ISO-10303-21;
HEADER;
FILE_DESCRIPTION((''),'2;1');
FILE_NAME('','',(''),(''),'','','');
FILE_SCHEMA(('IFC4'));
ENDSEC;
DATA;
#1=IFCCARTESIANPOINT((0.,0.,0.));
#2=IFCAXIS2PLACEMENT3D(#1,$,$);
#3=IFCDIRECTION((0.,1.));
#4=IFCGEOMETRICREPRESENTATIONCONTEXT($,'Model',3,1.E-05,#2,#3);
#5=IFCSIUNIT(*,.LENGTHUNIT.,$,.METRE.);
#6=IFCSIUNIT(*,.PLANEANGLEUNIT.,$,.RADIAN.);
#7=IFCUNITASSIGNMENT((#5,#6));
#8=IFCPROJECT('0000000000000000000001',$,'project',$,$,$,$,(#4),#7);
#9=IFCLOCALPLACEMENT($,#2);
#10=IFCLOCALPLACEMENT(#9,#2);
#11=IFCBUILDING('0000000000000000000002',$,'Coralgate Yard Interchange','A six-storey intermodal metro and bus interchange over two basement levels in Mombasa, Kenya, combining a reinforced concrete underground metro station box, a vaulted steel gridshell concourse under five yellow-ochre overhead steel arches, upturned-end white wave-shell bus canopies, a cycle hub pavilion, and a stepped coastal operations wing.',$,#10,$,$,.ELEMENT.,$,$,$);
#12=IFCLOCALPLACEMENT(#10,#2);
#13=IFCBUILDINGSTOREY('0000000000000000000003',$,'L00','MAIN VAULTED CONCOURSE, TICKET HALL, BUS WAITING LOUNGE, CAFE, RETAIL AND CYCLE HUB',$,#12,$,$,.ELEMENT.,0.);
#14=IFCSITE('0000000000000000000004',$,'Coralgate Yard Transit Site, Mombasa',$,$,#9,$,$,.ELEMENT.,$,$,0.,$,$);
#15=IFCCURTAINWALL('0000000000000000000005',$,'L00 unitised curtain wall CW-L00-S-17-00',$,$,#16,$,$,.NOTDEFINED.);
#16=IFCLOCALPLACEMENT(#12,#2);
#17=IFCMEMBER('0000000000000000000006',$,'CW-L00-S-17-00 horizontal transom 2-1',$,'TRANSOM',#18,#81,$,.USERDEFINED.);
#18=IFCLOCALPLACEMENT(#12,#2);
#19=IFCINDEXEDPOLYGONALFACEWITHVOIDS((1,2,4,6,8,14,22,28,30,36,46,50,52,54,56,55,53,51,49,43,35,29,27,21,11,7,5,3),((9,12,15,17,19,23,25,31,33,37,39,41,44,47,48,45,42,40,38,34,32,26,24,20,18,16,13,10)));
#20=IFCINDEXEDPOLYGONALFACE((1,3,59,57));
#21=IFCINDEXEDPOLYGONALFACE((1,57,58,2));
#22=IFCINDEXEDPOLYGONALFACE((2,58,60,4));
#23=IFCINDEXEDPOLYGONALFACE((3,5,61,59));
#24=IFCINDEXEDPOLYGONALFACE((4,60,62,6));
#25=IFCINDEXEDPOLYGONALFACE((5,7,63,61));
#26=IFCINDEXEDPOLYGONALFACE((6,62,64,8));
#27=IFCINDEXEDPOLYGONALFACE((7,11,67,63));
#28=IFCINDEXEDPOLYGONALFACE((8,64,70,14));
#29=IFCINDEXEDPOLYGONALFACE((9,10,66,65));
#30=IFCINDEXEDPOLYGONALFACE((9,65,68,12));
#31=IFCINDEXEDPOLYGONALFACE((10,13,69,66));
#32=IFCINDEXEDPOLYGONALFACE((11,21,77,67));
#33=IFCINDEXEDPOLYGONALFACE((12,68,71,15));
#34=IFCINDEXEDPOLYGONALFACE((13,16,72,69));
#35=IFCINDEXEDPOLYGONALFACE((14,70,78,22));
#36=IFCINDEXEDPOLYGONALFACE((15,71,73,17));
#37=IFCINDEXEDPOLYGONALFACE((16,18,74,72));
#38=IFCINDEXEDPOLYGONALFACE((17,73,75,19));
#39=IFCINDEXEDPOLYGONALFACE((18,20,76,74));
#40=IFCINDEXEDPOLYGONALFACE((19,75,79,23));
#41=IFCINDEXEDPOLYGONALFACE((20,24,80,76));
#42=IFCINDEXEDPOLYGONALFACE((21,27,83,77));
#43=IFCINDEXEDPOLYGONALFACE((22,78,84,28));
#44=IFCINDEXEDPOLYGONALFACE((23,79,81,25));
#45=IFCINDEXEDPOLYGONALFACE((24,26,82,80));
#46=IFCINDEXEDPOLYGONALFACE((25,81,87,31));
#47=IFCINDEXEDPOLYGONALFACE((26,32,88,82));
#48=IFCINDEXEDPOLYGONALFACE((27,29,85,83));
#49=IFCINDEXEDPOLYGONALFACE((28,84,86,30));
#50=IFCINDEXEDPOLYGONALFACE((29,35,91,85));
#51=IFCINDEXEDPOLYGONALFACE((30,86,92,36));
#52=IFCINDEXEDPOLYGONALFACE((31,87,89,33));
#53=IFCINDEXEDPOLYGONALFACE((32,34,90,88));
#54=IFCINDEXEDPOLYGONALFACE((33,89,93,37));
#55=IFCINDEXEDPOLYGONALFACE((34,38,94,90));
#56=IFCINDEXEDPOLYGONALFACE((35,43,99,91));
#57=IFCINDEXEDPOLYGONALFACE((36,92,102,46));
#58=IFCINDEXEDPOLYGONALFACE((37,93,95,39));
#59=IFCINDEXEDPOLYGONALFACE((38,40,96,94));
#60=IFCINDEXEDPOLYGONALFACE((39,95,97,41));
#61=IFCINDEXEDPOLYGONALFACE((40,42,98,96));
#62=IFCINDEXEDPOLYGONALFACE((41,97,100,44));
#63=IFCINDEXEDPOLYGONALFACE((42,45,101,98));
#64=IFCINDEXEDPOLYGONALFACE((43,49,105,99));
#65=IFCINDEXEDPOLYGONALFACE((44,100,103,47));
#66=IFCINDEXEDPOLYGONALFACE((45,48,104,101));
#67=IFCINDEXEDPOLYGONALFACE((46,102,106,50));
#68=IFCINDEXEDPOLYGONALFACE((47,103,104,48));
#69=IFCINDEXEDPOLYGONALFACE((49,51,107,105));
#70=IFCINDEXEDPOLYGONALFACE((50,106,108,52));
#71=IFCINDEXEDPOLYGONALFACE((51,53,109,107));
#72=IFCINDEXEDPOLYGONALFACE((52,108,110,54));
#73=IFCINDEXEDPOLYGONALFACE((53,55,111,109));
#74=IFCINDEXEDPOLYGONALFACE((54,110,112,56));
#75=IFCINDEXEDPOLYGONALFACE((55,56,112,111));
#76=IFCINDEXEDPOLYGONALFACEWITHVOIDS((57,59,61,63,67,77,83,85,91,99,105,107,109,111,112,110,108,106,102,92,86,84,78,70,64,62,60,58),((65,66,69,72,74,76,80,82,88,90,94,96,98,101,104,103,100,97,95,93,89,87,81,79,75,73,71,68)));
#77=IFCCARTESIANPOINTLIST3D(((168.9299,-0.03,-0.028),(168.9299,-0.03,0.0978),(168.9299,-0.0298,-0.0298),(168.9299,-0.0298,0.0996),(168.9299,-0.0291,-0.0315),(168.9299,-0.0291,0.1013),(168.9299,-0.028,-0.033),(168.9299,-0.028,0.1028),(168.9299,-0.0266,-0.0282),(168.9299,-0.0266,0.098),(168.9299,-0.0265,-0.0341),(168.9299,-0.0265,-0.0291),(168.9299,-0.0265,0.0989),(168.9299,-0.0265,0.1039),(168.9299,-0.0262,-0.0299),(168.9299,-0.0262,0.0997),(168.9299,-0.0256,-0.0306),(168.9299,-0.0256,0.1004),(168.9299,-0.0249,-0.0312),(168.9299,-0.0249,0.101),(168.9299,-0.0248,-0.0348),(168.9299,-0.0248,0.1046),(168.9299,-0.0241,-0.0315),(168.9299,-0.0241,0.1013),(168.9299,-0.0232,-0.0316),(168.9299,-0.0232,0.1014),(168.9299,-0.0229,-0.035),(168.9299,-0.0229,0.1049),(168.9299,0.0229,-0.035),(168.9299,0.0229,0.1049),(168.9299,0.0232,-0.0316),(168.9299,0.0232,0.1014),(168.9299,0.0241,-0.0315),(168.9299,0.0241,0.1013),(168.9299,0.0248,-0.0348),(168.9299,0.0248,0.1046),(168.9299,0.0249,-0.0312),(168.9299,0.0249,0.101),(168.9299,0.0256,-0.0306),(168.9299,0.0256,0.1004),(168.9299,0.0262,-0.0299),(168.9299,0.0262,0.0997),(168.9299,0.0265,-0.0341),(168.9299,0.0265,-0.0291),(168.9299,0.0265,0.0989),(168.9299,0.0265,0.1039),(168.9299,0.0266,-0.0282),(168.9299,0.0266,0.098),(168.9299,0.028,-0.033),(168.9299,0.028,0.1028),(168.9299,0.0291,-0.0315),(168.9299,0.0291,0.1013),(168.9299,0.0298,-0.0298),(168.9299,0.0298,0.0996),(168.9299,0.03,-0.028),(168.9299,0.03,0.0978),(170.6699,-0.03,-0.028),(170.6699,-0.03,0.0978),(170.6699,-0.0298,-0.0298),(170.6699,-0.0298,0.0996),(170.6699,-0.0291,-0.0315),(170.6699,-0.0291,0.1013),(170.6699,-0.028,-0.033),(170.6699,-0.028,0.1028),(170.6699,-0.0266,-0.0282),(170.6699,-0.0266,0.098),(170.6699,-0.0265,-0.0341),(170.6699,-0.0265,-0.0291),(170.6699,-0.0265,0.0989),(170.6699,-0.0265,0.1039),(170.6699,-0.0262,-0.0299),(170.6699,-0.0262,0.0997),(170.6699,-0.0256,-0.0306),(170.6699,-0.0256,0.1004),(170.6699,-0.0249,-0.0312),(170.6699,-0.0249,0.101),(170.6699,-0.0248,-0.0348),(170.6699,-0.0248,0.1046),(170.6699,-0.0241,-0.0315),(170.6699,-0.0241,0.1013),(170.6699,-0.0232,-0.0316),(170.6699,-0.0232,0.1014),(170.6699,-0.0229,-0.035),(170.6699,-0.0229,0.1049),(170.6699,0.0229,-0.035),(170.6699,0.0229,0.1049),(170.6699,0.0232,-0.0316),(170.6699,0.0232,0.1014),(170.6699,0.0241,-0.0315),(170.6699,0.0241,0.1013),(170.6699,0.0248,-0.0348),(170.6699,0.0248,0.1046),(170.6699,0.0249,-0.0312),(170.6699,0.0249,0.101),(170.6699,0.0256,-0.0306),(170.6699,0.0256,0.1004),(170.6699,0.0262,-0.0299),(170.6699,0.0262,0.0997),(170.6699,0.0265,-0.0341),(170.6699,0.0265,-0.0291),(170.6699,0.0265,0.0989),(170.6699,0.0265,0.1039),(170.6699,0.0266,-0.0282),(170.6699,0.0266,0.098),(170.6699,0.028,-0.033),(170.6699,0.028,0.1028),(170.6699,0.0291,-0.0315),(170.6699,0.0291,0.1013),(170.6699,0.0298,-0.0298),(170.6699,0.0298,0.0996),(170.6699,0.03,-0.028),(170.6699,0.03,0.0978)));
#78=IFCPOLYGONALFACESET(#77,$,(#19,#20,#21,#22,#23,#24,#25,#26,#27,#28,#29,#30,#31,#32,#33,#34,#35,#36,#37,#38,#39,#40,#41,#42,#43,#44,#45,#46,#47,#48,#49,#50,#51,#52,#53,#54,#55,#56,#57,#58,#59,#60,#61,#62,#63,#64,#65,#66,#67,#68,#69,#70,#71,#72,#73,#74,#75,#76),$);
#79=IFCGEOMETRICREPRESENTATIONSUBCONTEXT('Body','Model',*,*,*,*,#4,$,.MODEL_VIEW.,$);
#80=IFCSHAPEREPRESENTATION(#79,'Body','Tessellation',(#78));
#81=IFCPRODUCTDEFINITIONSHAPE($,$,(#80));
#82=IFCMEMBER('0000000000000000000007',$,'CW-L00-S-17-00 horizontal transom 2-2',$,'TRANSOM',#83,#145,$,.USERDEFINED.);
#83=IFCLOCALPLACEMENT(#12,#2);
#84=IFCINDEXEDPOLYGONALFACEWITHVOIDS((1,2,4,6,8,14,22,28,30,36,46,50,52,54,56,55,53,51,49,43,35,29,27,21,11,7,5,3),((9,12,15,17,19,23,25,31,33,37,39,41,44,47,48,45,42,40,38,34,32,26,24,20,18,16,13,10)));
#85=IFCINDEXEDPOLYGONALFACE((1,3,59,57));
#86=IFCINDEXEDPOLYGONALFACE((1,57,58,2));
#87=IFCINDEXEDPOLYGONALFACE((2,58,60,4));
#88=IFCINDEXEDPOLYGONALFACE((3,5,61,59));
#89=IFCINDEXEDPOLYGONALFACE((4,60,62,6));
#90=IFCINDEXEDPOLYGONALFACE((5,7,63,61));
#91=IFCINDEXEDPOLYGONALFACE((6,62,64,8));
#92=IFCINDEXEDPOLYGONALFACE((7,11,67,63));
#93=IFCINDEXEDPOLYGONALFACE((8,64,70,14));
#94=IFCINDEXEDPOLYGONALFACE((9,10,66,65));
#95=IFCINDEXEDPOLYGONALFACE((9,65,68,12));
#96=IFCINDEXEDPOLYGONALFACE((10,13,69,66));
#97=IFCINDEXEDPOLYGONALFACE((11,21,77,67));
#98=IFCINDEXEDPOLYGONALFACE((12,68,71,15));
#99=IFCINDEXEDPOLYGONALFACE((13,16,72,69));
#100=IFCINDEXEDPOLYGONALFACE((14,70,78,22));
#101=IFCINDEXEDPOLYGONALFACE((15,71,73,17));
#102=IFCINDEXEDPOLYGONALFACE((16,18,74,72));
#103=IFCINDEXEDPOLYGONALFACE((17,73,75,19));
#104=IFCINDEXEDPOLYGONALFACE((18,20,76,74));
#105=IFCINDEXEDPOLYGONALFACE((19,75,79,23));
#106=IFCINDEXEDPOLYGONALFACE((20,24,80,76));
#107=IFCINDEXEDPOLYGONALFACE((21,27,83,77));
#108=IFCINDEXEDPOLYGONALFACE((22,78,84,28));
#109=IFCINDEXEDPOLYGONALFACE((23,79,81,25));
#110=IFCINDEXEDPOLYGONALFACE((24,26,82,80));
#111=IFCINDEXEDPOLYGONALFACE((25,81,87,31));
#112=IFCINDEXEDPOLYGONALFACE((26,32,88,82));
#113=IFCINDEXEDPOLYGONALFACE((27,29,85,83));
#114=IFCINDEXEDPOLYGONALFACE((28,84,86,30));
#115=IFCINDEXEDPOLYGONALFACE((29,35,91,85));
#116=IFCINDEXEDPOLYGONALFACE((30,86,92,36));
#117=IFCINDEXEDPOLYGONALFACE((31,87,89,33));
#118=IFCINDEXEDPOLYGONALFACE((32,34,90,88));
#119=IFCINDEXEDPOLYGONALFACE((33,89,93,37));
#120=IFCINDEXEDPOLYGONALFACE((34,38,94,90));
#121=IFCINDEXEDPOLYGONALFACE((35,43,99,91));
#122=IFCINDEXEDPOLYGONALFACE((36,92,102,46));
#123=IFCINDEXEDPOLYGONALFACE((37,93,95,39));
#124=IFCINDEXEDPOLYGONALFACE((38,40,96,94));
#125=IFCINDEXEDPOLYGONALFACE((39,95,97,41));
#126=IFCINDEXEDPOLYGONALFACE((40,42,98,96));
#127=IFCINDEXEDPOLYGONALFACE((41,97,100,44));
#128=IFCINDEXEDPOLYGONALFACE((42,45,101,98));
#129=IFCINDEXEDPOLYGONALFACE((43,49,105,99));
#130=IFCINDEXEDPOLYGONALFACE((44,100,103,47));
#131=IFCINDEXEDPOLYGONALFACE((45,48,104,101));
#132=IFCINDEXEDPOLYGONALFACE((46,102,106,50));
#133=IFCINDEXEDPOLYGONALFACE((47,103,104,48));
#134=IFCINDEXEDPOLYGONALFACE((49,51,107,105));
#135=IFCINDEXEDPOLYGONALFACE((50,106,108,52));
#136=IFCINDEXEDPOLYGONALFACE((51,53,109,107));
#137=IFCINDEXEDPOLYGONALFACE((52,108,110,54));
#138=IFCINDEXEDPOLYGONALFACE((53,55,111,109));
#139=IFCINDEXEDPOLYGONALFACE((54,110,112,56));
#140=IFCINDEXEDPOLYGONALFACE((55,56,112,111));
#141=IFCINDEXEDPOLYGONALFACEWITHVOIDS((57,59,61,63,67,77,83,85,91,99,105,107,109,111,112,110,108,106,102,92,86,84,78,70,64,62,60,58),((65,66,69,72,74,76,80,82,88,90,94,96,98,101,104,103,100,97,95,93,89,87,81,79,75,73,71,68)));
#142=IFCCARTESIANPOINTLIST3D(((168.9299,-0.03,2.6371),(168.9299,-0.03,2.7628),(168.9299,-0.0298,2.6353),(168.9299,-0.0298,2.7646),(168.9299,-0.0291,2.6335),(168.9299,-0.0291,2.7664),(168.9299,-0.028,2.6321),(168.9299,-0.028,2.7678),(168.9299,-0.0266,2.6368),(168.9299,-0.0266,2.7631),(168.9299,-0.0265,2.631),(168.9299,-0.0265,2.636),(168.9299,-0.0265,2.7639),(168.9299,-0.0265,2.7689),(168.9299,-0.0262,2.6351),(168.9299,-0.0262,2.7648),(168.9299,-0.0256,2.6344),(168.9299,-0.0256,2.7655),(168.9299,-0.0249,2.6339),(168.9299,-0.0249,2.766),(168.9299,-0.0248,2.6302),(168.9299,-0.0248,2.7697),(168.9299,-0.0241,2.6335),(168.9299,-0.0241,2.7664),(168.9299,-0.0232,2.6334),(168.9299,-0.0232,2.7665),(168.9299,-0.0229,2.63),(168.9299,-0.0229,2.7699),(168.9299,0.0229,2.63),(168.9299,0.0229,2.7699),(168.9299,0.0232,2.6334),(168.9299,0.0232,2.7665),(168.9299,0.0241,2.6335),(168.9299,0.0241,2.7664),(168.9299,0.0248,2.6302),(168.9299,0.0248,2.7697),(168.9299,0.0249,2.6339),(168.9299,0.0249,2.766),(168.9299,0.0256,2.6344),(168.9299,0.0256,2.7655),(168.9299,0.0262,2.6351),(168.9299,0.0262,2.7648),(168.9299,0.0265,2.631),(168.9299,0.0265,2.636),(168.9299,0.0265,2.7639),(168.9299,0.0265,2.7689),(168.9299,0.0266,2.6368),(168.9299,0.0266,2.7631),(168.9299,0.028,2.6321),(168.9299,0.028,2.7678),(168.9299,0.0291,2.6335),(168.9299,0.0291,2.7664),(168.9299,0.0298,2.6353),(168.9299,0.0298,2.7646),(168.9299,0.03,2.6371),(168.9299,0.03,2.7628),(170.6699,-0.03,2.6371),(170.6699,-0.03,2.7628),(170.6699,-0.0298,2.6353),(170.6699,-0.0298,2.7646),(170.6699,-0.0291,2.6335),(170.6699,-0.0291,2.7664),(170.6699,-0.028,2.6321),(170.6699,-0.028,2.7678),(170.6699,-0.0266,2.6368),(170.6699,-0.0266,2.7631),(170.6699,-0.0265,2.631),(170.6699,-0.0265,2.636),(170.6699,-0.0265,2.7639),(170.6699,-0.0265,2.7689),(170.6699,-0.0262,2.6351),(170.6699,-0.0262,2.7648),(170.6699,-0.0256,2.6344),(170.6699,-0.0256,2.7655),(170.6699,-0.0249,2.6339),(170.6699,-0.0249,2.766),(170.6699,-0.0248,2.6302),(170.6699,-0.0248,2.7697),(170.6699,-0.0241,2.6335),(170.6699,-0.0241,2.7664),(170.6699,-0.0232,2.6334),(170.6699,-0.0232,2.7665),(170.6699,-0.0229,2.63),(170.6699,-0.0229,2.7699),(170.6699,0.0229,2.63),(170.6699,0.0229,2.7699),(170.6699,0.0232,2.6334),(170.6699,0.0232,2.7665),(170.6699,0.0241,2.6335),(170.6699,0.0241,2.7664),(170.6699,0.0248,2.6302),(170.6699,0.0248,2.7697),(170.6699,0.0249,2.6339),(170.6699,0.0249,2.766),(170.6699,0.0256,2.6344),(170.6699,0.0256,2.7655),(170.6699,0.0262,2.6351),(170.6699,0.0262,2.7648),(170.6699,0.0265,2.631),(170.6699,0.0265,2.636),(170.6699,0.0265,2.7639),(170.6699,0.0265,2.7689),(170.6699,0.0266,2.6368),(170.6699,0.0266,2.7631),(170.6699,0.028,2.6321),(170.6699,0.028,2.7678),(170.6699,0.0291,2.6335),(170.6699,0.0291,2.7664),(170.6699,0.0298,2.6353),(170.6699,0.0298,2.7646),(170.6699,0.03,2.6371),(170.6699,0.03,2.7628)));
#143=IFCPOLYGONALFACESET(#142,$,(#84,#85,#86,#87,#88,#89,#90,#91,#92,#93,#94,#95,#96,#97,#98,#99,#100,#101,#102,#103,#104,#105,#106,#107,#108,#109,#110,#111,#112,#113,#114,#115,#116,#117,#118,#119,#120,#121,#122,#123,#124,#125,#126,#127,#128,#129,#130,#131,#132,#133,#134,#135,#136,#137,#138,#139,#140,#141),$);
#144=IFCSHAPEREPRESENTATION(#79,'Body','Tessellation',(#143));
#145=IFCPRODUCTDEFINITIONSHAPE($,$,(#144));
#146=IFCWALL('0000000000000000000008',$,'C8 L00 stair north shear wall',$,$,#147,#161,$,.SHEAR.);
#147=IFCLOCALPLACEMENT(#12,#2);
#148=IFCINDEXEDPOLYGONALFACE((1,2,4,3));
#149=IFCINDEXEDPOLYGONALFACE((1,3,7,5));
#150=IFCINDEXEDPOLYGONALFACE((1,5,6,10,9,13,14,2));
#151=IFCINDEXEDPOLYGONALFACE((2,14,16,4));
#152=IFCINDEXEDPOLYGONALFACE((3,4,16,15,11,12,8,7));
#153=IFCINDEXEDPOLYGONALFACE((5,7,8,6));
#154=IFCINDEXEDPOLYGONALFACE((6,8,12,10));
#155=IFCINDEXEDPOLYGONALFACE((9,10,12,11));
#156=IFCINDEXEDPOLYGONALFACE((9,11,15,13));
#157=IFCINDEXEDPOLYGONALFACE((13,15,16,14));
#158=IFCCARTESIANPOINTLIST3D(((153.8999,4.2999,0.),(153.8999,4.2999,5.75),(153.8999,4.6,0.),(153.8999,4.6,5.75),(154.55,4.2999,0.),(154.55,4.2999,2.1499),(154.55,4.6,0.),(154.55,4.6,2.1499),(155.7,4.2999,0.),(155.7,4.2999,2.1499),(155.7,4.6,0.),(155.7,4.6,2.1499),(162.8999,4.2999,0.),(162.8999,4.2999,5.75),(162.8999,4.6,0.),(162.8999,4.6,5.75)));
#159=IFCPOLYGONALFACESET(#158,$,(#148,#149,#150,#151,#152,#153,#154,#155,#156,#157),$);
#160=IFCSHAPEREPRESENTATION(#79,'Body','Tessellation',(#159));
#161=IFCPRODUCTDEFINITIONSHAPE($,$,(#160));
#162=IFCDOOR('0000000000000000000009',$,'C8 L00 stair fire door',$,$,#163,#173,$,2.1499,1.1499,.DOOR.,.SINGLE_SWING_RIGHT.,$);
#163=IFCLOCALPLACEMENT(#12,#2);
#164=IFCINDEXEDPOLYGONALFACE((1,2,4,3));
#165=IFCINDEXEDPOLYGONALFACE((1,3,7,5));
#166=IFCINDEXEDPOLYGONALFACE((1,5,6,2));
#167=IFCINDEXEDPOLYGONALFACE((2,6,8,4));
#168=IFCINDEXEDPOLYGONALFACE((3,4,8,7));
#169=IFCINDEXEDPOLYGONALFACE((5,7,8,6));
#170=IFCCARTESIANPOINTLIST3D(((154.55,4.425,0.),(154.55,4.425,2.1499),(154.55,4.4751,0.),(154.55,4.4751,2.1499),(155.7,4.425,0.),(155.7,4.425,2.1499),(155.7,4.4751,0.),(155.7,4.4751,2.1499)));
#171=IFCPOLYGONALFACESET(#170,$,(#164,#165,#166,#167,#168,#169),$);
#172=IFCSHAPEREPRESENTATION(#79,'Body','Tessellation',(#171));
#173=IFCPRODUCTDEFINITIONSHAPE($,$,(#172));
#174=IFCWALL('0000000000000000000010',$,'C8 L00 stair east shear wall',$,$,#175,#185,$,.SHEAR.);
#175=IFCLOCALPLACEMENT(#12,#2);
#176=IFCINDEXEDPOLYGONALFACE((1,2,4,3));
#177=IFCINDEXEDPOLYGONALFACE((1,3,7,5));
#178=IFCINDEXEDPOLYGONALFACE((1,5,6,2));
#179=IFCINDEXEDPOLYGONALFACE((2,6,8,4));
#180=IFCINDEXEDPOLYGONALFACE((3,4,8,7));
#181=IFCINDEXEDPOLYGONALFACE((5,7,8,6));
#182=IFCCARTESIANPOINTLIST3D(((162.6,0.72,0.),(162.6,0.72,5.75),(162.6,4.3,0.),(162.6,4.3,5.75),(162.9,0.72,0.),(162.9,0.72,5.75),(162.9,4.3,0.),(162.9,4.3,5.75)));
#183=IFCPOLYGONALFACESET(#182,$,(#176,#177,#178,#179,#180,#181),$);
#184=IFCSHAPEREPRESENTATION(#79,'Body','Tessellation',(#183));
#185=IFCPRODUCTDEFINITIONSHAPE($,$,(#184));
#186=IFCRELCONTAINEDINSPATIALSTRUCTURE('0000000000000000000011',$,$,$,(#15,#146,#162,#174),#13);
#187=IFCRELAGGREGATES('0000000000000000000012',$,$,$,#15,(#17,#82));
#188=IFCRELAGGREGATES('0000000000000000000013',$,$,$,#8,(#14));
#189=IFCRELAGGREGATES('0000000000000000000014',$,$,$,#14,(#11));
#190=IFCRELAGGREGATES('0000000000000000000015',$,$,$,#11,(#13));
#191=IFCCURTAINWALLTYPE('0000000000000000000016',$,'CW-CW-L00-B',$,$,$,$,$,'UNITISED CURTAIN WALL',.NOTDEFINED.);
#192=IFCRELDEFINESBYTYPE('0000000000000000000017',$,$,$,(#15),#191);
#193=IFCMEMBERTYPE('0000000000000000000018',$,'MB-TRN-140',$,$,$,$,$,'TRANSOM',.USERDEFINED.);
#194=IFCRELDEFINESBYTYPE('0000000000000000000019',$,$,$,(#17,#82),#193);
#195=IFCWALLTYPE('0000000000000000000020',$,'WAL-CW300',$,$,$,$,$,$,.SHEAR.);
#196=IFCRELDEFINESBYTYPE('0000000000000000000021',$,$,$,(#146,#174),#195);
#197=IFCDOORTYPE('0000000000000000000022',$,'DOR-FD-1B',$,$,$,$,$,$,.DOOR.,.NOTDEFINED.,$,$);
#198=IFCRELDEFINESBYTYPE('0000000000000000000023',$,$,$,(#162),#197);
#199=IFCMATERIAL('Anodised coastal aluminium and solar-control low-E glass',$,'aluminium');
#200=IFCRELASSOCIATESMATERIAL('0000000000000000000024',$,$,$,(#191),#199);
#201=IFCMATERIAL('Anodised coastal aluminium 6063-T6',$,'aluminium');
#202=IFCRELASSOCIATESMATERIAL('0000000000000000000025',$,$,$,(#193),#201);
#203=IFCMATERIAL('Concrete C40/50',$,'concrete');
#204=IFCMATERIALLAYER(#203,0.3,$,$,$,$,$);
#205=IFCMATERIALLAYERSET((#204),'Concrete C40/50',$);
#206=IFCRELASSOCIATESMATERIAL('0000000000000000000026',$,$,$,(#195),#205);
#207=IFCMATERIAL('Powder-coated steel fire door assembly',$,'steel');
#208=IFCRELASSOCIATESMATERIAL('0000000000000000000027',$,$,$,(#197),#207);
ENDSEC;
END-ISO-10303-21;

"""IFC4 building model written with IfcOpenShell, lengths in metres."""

from ifc_helpers import new_model, si_unit, direction, frame, frame_2d, origin, origin_2d, place, context, subcontext, project, spatial, rectangle, hollow_rectangle, extrude, material, layer, layer_set, material_profile, profile_set, type_object, element, fill, aggregate, save


model = new_model("IFC4")

# Units and contexts
model_context = context("Model", 3, precision=1e-05, world=origin(), true_north=direction((0.0, 1.0)))
body_context = subcontext(model_context, "Body", "Model", "MODEL_VIEW")
ifc_project = project(units=[si_unit("LENGTHUNIT", "METRE"), si_unit("PLANEANGLEUNIT", "RADIAN")], contexts=[model_context])

# Site, building, storey
site_placement = place(None, origin())
site = spatial("IfcSite", under=ifc_project, at=site_placement, Name="Coralgate Yard Transit Site, Mombasa", CompositionType="ELEMENT", RefElevation=0.0)
building_placement = place(site_placement, origin())
building = spatial("IfcBuilding", under=site, at=building_placement, Name="Coralgate Yard Interchange", Description="A six-storey intermodal metro and bus interchange over two basement levels in Mombasa, Kenya, combining a reinforced concrete underground metro station box, a vaulted steel gridshell concourse under five yellow-ochre overhead steel arches, upturned-end white wave-shell bus canopies, a cycle hub pavilion, and a stepped coastal operations wing.", CompositionType="ELEMENT")
storey_placement = place(building_placement, origin())
storey = spatial("IfcBuildingStorey", under=building, at=storey_placement, Name="L00", Description="MAIN VAULTED CONCOURSE, TICKET HALL, BUS WAITING LOUNGE, CAFE, RETAIL AND CYCLE HUB", CompositionType="ELEMENT", Elevation=0.0)

# Shared definitions
ifc_material_1 = material(Name="Concrete C40/50", Category="concrete")

# Curtain wall, members
ifc_material_2 = material(Name="Anodised coastal aluminium and solar-control low-E glass", Category="aluminium")
curtain_wall_type = type_object("IfcCurtainWallType", Name="CW-CW-L00-B", ElementType="UNITISED CURTAIN WALL", PredefinedType="NOTDEFINED", material=ifc_material_2)
curtain_wall_placement = place(storey_placement, origin())
curtain_wall = element("IfcCurtainWall", 1, at=curtain_wall_placement, inside=storey, type_object=curtain_wall_type, Name="L00 unitised curtain wall CW-L00-S-17-00", PredefinedType="NOTDEFINED")
ifc_material_3 = material(Name="Anodised coastal aluminium 6063-T6", Category="aluminium")
ifc_material_profile_1 = material_profile(ifc_material_3, hollow_rectangle(XDim=0.0601, YDim=0.1399, WallThickness=0.0034, InnerFilletRadius=0.0034, OuterFilletRadius=0.0071, at=origin_2d()), Name="ALU 60x140x3.5")
ifc_profile_set_1 = profile_set([ifc_material_profile_1], Name="Anodised coastal aluminium 6063-T6")
member_type = type_object("IfcMemberType", Name="MB-TRN-140", ElementType="TRANSOM", PredefinedType="USERDEFINED", material=ifc_profile_set_1)
member_1_placement = place(storey_placement, frame((170.6699, 0.0, 0.0349), z_axis=(-1.0, 0.0, 0.0), x_axis=(0.0, -1.0, 0.0)))
member_1 = element("IfcMember", 2, at=member_1_placement, type_object=member_type, Name="CW-L00-S-17-00 horizontal transom 2-1", ObjectType="TRANSOM", PredefinedType="USERDEFINED", context=body_context, shape_type="SweptSolid", body=[
    extrude(hollow_rectangle(XDim=0.0601, YDim=0.1399, WallThickness=0.0034, InnerFilletRadius=0.0034, OuterFilletRadius=0.0071, at=origin_2d()), origin(), (0.0, 0.0, 1.0), 1.74),
])
member_2_placement = place(storey_placement, frame((170.6699, 0.0, 2.7), z_axis=(-1.0, 0.0, 0.0), x_axis=(0.0, -1.0, 0.0)))
member_2 = element("IfcMember", 3, at=member_2_placement, type_object=member_type, Name="CW-L00-S-17-00 horizontal transom 2-2", ObjectType="TRANSOM", PredefinedType="USERDEFINED", context=body_context, shape_type="SweptSolid", body=[
    extrude(hollow_rectangle(XDim=0.0601, YDim=0.1399, WallThickness=0.0034, InnerFilletRadius=0.0034, OuterFilletRadius=0.0071, at=origin_2d()), origin(), (0.0, 0.0, 1.0), 1.74),
])
aggregate(curtain_wall, [member_1, member_2])

# Wall, opening, door
ifc_layer_1 = layer(ifc_material_1, 0.3)
ifc_layer_set_1 = layer_set([ifc_layer_1], Name="Concrete C40/50")
wall_type_1 = type_object("IfcWallType", Name="WAL-CW300", PredefinedType="SHEAR", material=ifc_layer_set_1)
wall_1_placement = place(storey_placement, frame((162.8999, 4.45, 0.0), z_axis=(0.0, 0.0, 1.0), x_axis=(-1.0, 0.0, 0.0)))
wall_1 = element("IfcWall", 4, at=wall_1_placement, inside=storey, type_object=wall_type_1, Name="C8 L00 stair north shear wall", PredefinedType="SHEAR", context=body_context, shape_type="SweptSolid", body=[
    extrude(rectangle(XDim=9.0, YDim=0.3, at=frame_2d((4.5, 0.0))), origin(), (0.0, 0.0, 1.0), 5.75),
])
opening_1_placement = place(wall_1_placement, frame((7.2, 0.0, 0.0)))
opening_1 = element("IfcOpeningElement", 5, at=opening_1_placement, cuts=wall_1, PredefinedType="OPENING", context=body_context, shape_type="SweptSolid", body=[
    extrude(rectangle(XDim=1.1499, YDim=2.1499, at=frame_2d((0.575, 1.075))), frame((0.0, 0.1599, 0.0), z_axis=(0.0, -1.0, 0.0), x_axis=(1.0, 0.0, 0.0)), (0.0, 0.0, 1.0), 0.3201),
])
ifc_material_4 = material(Name="Powder-coated steel fire door assembly", Category="steel")
door_type_1 = type_object("IfcDoorType", Name="DOR-FD-1B", OperationType="NOTDEFINED", PredefinedType="DOOR", material=ifc_material_4)
door_1_placement = place(opening_1_placement, origin())
door_1 = element("IfcDoor", 6, at=door_1_placement, inside=storey, type_object=door_type_1, Name="C8 L00 stair fire door", OperationType="SINGLE_SWING_RIGHT", OverallHeight=2.1499, OverallWidth=1.1499, PredefinedType="DOOR", context=body_context, shape_type="SweptSolid", body=[
    extrude(rectangle(XDim=1.1499, YDim=2.1499, at=frame_2d((0.575, 1.075))), frame((0.0, 0.0249, 0.0), z_axis=(0.0, -1.0, 0.0), x_axis=(1.0, 0.0, 0.0)), (0.0, 0.0, 1.0), 0.05),
])
fill(opening_1, door_1)

# Wall
wall_2_placement = place(storey_placement, frame((162.75, 4.3, 0.0), z_axis=(0.0, 0.0, 1.0), x_axis=(0.0, -1.0, 0.0)))
element("IfcWall", 7, at=wall_2_placement, inside=storey, type_object=wall_type_1, Name="C8 L00 stair east shear wall", PredefinedType="SHEAR", context=body_context, shape_type="SweptSolid", body=[
    extrude(rectangle(XDim=3.5801, YDim=0.3, at=frame_2d((1.79, 0.0))), origin(), (0.0, 0.0, 1.0), 5.75),
])

save(model, "model.ifc")
